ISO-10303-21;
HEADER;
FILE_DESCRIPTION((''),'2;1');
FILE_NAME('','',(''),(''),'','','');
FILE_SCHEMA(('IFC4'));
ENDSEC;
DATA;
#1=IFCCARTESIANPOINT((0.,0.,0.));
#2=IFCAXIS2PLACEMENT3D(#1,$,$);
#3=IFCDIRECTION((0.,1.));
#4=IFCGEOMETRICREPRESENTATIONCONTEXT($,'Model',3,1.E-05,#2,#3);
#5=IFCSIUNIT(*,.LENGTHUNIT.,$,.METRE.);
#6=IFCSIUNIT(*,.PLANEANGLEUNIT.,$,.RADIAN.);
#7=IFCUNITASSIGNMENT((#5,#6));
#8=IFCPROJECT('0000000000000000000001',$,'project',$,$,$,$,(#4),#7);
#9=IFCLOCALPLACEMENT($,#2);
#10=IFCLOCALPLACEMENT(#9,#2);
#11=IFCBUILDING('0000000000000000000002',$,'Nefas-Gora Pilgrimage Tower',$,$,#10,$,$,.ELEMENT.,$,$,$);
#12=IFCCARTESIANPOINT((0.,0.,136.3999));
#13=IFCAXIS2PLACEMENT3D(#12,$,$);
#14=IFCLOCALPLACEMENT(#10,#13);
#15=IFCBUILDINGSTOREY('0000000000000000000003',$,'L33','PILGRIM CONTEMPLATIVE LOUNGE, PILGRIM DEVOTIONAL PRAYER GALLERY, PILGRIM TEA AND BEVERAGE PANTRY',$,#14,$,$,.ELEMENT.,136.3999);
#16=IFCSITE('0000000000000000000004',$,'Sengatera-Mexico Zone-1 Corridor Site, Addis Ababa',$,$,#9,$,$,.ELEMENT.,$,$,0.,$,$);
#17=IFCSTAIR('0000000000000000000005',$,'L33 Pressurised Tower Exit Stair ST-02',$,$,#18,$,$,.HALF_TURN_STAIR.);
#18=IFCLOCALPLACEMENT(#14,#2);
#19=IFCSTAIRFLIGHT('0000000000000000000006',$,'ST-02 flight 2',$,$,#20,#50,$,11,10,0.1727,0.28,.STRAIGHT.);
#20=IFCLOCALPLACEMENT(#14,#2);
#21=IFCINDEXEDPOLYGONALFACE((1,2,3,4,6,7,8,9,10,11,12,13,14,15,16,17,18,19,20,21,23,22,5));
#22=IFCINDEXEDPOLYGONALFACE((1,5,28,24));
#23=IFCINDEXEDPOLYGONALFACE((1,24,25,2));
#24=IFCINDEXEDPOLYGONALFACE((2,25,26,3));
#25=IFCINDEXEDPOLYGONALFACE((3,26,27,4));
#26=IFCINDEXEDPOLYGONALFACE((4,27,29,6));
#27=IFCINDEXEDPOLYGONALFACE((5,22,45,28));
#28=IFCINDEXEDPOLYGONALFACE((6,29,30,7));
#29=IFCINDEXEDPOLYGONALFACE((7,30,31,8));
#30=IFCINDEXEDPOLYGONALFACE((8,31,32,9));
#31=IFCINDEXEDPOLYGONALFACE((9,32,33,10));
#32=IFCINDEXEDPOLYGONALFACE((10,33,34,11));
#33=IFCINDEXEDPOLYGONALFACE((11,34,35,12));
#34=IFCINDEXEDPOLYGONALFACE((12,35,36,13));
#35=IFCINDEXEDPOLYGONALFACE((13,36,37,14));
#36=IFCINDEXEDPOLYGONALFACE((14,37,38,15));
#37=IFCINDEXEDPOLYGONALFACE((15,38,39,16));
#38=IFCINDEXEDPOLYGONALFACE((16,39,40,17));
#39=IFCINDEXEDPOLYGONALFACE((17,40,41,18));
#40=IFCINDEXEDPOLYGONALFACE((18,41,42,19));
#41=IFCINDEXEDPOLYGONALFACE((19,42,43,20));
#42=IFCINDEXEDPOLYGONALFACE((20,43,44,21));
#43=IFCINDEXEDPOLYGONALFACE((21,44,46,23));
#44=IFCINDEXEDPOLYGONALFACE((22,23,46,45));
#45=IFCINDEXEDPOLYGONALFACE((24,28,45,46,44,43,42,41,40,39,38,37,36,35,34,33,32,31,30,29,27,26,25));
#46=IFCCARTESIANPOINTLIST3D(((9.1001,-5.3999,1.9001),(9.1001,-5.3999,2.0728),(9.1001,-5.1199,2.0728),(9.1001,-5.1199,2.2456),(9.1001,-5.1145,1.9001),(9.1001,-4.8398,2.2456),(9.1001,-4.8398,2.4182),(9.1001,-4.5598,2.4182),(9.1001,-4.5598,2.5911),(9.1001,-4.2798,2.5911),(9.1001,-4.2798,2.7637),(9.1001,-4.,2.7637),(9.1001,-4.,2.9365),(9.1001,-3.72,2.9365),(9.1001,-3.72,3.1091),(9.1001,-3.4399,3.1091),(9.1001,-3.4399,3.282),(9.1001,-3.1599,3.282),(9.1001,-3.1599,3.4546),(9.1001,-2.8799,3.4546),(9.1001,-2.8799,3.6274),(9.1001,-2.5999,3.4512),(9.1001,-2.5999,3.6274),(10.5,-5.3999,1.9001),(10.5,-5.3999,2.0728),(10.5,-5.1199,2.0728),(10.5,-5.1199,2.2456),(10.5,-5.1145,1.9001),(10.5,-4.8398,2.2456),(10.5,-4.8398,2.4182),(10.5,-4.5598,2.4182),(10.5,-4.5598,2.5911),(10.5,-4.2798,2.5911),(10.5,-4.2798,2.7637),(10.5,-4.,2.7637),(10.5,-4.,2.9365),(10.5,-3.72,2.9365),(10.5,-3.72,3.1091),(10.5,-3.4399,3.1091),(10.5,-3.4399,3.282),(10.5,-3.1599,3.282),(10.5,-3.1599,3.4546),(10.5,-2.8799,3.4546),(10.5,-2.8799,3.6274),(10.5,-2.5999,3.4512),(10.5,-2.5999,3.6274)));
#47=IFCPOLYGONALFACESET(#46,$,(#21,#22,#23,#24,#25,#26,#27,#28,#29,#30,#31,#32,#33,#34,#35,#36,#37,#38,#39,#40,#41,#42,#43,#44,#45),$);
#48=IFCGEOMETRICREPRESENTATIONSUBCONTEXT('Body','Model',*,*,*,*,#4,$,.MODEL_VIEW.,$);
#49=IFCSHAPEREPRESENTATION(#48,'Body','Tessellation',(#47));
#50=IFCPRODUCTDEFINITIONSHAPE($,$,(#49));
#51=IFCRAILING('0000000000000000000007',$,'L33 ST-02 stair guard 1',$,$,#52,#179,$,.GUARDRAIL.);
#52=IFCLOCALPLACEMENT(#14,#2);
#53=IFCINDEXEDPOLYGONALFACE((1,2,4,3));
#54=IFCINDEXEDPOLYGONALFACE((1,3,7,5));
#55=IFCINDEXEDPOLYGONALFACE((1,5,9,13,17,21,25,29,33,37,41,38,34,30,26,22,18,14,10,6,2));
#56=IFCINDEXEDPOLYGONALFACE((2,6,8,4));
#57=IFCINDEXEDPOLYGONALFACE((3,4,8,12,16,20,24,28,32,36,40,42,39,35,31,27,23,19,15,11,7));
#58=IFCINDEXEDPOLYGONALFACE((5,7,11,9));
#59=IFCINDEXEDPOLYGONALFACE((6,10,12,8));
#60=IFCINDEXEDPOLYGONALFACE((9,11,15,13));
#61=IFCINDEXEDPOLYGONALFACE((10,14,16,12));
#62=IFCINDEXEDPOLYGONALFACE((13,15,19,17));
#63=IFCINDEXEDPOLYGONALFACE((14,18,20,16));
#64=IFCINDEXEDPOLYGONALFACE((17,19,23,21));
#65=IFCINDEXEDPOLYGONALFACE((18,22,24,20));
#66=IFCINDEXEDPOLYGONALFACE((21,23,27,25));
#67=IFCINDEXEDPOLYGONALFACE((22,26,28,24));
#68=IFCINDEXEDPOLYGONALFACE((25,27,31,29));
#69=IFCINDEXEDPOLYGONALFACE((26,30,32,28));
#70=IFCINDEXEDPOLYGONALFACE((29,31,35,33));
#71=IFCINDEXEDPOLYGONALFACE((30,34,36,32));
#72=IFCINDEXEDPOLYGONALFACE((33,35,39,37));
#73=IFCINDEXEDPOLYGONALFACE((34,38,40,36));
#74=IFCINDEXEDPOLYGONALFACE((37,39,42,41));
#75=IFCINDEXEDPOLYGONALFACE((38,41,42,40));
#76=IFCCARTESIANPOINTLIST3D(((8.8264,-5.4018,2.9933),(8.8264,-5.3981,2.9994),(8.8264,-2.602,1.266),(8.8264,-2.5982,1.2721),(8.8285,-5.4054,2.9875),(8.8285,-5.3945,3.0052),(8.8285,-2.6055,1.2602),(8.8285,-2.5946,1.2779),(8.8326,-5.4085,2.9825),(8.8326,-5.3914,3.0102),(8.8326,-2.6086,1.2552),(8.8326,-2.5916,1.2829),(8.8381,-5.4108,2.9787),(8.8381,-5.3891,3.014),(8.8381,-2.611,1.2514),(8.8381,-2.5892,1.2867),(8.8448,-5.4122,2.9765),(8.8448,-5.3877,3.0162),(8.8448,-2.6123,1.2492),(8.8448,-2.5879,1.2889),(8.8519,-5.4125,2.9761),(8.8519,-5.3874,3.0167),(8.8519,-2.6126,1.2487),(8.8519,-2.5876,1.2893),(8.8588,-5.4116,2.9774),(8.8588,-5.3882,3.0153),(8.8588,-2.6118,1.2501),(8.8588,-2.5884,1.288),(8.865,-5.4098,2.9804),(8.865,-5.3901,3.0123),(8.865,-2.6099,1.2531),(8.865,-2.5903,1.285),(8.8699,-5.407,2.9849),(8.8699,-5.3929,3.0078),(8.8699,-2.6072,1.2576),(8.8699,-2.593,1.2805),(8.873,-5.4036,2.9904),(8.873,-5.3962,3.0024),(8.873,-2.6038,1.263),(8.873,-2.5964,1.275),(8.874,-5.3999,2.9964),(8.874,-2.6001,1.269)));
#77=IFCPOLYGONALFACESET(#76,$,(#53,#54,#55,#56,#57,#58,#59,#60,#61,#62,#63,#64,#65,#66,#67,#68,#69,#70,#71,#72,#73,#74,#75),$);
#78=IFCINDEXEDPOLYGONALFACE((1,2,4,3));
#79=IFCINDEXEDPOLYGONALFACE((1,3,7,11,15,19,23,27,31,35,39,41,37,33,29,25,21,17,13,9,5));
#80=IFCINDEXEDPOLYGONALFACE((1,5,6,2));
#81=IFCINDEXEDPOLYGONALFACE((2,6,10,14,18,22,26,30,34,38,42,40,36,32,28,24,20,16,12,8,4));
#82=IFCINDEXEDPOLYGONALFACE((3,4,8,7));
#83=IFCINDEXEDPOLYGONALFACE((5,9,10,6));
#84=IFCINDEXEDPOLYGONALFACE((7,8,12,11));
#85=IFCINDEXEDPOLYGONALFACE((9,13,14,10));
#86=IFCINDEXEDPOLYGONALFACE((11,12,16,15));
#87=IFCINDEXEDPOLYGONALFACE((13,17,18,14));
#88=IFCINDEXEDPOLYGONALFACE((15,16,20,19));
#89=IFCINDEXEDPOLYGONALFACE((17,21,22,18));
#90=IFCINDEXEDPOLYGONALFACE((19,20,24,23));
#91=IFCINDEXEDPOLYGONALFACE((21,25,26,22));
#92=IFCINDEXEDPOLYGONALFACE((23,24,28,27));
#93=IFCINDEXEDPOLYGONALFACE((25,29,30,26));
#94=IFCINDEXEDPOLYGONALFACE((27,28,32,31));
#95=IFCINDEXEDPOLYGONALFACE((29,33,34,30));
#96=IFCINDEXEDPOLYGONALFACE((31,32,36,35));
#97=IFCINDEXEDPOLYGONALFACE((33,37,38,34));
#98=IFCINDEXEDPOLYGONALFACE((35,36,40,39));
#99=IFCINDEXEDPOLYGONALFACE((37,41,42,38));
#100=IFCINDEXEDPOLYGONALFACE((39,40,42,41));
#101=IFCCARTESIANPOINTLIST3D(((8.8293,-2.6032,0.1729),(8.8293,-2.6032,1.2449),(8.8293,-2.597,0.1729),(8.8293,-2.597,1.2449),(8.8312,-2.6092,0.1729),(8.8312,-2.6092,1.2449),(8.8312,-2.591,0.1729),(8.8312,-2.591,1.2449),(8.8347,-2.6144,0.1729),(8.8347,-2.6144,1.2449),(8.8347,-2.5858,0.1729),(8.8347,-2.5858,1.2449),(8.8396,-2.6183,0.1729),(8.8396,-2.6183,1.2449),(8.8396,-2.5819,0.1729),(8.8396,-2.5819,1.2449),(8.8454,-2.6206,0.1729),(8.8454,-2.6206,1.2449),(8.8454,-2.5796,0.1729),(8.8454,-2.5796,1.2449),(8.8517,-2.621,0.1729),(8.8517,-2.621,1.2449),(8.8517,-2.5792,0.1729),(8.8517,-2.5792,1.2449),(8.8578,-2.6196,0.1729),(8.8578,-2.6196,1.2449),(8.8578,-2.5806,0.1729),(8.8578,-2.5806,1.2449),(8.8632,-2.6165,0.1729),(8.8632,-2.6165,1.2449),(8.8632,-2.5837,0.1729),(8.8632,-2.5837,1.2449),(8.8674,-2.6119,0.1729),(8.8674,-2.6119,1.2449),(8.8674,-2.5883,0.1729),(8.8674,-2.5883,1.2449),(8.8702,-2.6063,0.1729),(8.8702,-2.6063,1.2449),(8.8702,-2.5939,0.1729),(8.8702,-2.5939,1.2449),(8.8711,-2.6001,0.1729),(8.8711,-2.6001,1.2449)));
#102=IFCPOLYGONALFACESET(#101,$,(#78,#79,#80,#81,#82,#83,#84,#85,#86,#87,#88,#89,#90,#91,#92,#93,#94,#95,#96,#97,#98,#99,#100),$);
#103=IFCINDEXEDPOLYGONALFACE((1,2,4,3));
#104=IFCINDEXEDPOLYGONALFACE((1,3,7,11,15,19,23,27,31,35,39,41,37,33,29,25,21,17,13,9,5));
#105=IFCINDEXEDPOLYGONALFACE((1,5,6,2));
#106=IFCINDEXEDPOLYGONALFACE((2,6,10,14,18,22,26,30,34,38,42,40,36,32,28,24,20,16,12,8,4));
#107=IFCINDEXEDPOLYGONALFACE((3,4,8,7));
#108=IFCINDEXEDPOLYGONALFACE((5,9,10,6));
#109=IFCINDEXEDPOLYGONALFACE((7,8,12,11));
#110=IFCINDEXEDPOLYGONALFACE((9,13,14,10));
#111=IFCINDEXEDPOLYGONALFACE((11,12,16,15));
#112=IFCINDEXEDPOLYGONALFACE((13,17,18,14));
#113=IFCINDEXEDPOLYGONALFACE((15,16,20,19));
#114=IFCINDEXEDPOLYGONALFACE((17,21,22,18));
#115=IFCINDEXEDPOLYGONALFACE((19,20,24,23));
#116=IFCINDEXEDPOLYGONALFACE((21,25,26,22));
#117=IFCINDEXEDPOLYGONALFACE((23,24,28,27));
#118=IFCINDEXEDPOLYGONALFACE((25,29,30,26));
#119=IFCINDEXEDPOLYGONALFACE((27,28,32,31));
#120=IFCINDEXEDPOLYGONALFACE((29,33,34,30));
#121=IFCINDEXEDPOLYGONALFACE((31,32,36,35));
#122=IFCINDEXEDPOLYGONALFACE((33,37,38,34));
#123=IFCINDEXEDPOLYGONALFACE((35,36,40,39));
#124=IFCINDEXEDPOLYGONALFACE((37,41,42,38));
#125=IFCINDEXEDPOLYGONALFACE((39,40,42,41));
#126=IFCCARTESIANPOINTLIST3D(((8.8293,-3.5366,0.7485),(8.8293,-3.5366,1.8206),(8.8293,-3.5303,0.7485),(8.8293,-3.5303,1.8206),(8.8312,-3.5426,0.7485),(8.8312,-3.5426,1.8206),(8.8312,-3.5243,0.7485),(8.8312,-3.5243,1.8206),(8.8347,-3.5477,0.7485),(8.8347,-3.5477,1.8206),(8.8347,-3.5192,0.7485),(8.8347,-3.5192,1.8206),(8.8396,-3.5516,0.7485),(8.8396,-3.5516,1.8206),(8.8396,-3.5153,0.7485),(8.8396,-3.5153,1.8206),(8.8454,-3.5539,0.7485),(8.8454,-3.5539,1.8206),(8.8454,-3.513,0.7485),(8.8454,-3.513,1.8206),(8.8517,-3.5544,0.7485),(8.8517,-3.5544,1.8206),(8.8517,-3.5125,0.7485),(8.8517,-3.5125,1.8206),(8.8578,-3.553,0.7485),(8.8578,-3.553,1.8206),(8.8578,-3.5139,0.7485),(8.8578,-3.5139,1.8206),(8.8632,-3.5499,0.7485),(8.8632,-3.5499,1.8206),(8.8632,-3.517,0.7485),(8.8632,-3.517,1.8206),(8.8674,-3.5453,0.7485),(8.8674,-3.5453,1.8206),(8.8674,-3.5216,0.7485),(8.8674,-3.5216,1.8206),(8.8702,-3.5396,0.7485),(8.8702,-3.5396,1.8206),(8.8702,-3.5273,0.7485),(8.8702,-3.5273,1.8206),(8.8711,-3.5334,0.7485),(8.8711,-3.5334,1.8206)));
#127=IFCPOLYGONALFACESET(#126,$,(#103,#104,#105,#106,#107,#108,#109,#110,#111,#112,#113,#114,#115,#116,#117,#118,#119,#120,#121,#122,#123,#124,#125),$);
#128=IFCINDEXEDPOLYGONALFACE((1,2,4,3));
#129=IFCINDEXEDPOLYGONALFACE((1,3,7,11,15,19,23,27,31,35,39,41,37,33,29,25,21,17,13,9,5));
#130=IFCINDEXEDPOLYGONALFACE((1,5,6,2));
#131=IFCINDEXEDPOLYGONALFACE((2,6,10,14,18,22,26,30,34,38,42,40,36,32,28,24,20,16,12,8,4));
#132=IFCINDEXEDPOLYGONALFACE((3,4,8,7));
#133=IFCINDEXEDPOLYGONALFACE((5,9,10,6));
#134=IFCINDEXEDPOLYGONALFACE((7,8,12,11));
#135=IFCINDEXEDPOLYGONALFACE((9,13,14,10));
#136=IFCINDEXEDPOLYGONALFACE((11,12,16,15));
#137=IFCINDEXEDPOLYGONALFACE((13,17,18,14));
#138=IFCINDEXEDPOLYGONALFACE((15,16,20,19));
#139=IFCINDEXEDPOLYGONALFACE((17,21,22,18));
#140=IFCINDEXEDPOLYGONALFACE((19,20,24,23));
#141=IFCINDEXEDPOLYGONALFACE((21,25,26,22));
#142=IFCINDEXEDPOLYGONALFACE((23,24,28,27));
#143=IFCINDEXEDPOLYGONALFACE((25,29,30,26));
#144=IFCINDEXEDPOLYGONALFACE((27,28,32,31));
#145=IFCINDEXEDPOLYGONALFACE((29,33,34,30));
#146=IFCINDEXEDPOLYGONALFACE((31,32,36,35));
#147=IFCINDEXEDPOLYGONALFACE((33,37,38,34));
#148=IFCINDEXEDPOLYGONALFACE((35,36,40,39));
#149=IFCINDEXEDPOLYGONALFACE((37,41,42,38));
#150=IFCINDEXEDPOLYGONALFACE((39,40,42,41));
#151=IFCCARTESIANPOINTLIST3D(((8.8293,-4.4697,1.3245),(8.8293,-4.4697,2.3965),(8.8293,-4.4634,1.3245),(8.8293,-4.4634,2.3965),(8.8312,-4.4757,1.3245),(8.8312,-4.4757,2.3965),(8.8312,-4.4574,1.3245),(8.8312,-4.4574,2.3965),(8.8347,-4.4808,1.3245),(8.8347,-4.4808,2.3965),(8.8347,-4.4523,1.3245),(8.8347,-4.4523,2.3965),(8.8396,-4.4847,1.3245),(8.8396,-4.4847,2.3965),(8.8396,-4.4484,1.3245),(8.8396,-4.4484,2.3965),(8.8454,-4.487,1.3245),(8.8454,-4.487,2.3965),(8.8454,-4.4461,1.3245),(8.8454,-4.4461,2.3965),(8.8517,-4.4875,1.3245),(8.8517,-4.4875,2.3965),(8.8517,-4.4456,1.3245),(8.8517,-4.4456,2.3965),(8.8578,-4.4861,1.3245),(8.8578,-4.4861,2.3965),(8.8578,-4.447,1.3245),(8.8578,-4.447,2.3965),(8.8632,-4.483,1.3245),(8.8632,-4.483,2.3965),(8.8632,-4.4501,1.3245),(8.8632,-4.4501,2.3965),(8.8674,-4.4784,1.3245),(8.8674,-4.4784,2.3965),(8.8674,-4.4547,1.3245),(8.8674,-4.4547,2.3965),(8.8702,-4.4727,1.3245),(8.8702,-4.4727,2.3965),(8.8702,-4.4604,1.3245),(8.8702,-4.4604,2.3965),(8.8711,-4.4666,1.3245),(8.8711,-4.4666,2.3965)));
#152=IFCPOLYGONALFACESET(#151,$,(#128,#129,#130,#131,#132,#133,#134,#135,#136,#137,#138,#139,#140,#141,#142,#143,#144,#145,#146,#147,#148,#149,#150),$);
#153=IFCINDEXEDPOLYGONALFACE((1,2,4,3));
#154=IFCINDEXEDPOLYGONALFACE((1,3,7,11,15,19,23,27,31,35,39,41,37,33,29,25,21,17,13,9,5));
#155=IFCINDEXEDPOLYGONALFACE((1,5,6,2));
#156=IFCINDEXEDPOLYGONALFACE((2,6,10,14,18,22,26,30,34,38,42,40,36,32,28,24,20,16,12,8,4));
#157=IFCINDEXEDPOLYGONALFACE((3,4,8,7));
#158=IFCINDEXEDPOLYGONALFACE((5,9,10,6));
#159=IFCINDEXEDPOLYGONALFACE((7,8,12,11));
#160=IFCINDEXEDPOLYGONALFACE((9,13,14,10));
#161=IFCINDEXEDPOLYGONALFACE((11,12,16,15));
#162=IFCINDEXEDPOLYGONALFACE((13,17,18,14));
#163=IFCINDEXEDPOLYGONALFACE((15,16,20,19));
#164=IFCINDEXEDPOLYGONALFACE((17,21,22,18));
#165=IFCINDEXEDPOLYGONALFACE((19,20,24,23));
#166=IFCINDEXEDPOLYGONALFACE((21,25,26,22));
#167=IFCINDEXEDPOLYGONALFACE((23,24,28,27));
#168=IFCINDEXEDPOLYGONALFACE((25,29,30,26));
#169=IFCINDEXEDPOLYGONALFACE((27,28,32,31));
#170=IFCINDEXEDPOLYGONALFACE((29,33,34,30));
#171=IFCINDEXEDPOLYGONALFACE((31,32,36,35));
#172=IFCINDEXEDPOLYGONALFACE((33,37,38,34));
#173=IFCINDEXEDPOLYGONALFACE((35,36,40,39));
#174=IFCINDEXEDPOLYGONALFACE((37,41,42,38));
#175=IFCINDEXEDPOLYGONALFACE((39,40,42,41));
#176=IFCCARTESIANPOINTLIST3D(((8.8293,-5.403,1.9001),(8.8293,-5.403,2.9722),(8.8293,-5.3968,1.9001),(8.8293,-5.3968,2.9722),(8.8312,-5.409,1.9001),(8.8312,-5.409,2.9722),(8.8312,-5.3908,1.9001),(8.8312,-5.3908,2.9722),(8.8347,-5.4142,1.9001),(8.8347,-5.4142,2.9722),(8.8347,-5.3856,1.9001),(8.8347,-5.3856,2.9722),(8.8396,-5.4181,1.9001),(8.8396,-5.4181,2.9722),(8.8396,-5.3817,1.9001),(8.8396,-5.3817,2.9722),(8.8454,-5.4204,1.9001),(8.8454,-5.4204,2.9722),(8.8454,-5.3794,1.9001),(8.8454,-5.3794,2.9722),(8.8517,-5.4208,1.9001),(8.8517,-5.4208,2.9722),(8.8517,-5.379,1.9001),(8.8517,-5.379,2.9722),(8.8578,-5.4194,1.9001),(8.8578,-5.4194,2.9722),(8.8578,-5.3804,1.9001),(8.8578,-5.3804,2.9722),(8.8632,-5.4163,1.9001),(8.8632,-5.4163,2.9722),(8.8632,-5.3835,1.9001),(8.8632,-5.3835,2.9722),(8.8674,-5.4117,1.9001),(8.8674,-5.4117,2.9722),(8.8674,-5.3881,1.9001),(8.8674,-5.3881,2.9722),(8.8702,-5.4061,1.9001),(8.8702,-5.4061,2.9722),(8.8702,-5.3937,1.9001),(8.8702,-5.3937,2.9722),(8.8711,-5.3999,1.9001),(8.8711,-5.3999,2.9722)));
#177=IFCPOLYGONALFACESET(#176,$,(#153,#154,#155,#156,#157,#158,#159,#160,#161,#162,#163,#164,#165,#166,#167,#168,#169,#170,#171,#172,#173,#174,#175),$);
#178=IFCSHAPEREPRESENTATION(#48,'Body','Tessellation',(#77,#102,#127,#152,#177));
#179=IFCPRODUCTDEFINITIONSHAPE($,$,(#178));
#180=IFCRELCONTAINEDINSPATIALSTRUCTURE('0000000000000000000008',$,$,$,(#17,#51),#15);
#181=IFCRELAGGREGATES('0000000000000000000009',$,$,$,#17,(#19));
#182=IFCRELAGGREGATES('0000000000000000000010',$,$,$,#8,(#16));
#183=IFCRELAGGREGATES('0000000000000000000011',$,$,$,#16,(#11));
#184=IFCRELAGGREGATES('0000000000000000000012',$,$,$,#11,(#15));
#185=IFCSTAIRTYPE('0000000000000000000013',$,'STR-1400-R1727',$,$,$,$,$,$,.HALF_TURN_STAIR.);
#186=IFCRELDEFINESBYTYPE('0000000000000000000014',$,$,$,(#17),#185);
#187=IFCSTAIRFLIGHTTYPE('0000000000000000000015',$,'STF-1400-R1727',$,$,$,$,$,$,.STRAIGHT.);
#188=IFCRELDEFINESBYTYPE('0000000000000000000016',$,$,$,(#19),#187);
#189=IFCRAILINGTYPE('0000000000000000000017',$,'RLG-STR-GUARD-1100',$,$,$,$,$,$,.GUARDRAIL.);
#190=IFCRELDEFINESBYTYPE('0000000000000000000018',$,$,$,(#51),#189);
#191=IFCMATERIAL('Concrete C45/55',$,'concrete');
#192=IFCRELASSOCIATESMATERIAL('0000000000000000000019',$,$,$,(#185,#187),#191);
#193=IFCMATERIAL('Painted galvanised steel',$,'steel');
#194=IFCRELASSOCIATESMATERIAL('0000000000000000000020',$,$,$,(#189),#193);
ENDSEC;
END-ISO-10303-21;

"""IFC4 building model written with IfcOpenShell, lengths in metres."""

from ifc_helpers import new_model, si_unit, direction, frame, origin, origin_2d, place, context, subcontext, project, spatial, polyline, circle, outline, extrude, source, transform, mapped, material, type_object, element, aggregate, save


model = new_model("IFC4")

# Units and contexts
model_context = context("Model", 3, precision=1e-05, world=origin(), true_north=direction((0.0, 1.0)))
body_context = subcontext(model_context, "Body", "Model", "MODEL_VIEW")
ifc_project = project(units=[si_unit("LENGTHUNIT", "METRE"), si_unit("PLANEANGLEUNIT", "RADIAN")], contexts=[model_context])

# Site, building, storey
site_placement = place(None, origin())
site = spatial("IfcSite", under=ifc_project, at=site_placement, Name="Sengatera-Mexico Zone-1 Corridor Site, Addis Ababa", CompositionType="ELEMENT", RefElevation=0.0)
building_placement = place(site_placement, origin())
building = spatial("IfcBuilding", under=site, at=building_placement, Name="Nefas-Gora Pilgrimage Tower", CompositionType="ELEMENT")
storey_placement = place(building_placement, frame((0.0, 0.0, 136.3999)))
storey = spatial("IfcBuildingStorey", under=building, at=storey_placement, Name="L33", Description="PILGRIM CONTEMPLATIVE LOUNGE, PILGRIM DEVOTIONAL PRAYER GALLERY, PILGRIM TEA AND BEVERAGE PANTRY", CompositionType="ELEMENT", Elevation=136.3999)

# Stair, stair flight
ifc_material_1 = material(Name="Concrete C45/55", Category="concrete")
stair_type = type_object("IfcStairType", Name="STR-1400-R1727", PredefinedType="HALF_TURN_STAIR", material=ifc_material_1)
stair_placement = place(storey_placement, origin())
stair = element("IfcStair", 1, at=stair_placement, inside=storey, type_object=stair_type, Name="L33 Pressurised Tower Exit Stair ST-02", PredefinedType="HALF_TURN_STAIR")
stair_flight_type = type_object("IfcStairFlightType", Name="STF-1400-R1727", PredefinedType="STRAIGHT", material=ifc_material_1)
shared_shape_1 = source(origin(), body_context, "Body", "SweptSolid", [
    extrude(outline(polyline([(0.0, 0.0), (0.0, 0.1726), (0.28, 0.1726), (0.28, 0.3455), (0.5601, 0.3455), (0.5601, 0.5181), (0.8401, 0.5181), (0.8401, 0.6909), (1.1201, 0.6909), (1.1201, 0.8635), (1.3999, 0.8635), (1.3999, 1.0364), (1.6799, 1.0364), (1.6799, 1.209), (1.96, 1.209), (1.96, 1.3818), (2.24, 1.3818), (2.24, 1.5544), (2.52, 1.5544), (2.52, 1.7273), (2.8, 1.7273), (2.8, 1.8999), (2.8, 1.551), (0.2854, 0.0), (0.0, 0.0)])), frame((0.0, 0.7, 0.0), z_axis=(0.0, -1.0, 0.0), x_axis=(1.0, 0.0, 0.0)), (0.0, 0.0, 1.0), 1.3999),
])
stair_flight_placement = place(storey_placement, frame((9.8, -5.3999, 1.9001), z_axis=(0.0, 0.0, 1.0), x_axis=(0.0, 1.0, 0.0)))
stair_flight = element("IfcStairFlight", 2, at=stair_flight_placement, type_object=stair_flight_type, Name="ST-02 flight 2", NumberOfRisers=11, NumberOfTreads=10, PredefinedType="STRAIGHT", RiserHeight=0.1727, TreadLength=0.28, context=body_context, shape_type="MappedRepresentation", body=[
    mapped(shared_shape_1, transform((0.0, 0.0, 0.0), x_axis=(1.0, 0.0, 0.0), y_axis=(0.0, 1.0, 0.0), z_axis=(0.0, 0.0, 1.0), scale=1.0)),
])
aggregate(stair, [stair_flight])

# Railing
ifc_material_2 = material(Name="Painted galvanised steel", Category="steel")
railing_type_1 = type_object("IfcRailingType", Name="RLG-STR-GUARD-1100", PredefinedType="GUARDRAIL", material=ifc_material_2)
railing_1_placement = place(storey_placement, frame((8.8501, -2.6001, 0.1729)))
element("IfcRailing", 3, at=railing_1_placement, inside=storey, type_object=railing_type_1, Name="L33 ST-02 stair guard 1", PredefinedType="GUARDRAIL", context=body_context, shape_type="SweptSolid", body=[
    extrude(circle(Radius=0.0239, at=origin_2d()), frame((0.0, 0.0, 1.0962), z_axis=(0.0, -0.851069, 0.525054), x_axis=(1.0, 0.0, 0.0)), (0.0, 0.0, 1.0), 3.2898),
    extrude(circle(Radius=0.021, at=origin_2d()), origin(), (0.0, 0.0, 1.0), 1.072),
    extrude(circle(Radius=0.021, at=origin_2d()), frame((0.0, -0.9333, 0.5757)), (0.0, 0.0, 1.0), 1.072),
    extrude(circle(Radius=0.021, at=origin_2d()), frame((0.0, -1.8665, 1.1516)), (0.0, 0.0, 1.0), 1.072),
    extrude(circle(Radius=0.021, at=origin_2d()), frame((0.0, -2.7998, 1.7273)), (0.0, 0.0, 1.0), 1.072),
])

save(model, "model.ifc")
